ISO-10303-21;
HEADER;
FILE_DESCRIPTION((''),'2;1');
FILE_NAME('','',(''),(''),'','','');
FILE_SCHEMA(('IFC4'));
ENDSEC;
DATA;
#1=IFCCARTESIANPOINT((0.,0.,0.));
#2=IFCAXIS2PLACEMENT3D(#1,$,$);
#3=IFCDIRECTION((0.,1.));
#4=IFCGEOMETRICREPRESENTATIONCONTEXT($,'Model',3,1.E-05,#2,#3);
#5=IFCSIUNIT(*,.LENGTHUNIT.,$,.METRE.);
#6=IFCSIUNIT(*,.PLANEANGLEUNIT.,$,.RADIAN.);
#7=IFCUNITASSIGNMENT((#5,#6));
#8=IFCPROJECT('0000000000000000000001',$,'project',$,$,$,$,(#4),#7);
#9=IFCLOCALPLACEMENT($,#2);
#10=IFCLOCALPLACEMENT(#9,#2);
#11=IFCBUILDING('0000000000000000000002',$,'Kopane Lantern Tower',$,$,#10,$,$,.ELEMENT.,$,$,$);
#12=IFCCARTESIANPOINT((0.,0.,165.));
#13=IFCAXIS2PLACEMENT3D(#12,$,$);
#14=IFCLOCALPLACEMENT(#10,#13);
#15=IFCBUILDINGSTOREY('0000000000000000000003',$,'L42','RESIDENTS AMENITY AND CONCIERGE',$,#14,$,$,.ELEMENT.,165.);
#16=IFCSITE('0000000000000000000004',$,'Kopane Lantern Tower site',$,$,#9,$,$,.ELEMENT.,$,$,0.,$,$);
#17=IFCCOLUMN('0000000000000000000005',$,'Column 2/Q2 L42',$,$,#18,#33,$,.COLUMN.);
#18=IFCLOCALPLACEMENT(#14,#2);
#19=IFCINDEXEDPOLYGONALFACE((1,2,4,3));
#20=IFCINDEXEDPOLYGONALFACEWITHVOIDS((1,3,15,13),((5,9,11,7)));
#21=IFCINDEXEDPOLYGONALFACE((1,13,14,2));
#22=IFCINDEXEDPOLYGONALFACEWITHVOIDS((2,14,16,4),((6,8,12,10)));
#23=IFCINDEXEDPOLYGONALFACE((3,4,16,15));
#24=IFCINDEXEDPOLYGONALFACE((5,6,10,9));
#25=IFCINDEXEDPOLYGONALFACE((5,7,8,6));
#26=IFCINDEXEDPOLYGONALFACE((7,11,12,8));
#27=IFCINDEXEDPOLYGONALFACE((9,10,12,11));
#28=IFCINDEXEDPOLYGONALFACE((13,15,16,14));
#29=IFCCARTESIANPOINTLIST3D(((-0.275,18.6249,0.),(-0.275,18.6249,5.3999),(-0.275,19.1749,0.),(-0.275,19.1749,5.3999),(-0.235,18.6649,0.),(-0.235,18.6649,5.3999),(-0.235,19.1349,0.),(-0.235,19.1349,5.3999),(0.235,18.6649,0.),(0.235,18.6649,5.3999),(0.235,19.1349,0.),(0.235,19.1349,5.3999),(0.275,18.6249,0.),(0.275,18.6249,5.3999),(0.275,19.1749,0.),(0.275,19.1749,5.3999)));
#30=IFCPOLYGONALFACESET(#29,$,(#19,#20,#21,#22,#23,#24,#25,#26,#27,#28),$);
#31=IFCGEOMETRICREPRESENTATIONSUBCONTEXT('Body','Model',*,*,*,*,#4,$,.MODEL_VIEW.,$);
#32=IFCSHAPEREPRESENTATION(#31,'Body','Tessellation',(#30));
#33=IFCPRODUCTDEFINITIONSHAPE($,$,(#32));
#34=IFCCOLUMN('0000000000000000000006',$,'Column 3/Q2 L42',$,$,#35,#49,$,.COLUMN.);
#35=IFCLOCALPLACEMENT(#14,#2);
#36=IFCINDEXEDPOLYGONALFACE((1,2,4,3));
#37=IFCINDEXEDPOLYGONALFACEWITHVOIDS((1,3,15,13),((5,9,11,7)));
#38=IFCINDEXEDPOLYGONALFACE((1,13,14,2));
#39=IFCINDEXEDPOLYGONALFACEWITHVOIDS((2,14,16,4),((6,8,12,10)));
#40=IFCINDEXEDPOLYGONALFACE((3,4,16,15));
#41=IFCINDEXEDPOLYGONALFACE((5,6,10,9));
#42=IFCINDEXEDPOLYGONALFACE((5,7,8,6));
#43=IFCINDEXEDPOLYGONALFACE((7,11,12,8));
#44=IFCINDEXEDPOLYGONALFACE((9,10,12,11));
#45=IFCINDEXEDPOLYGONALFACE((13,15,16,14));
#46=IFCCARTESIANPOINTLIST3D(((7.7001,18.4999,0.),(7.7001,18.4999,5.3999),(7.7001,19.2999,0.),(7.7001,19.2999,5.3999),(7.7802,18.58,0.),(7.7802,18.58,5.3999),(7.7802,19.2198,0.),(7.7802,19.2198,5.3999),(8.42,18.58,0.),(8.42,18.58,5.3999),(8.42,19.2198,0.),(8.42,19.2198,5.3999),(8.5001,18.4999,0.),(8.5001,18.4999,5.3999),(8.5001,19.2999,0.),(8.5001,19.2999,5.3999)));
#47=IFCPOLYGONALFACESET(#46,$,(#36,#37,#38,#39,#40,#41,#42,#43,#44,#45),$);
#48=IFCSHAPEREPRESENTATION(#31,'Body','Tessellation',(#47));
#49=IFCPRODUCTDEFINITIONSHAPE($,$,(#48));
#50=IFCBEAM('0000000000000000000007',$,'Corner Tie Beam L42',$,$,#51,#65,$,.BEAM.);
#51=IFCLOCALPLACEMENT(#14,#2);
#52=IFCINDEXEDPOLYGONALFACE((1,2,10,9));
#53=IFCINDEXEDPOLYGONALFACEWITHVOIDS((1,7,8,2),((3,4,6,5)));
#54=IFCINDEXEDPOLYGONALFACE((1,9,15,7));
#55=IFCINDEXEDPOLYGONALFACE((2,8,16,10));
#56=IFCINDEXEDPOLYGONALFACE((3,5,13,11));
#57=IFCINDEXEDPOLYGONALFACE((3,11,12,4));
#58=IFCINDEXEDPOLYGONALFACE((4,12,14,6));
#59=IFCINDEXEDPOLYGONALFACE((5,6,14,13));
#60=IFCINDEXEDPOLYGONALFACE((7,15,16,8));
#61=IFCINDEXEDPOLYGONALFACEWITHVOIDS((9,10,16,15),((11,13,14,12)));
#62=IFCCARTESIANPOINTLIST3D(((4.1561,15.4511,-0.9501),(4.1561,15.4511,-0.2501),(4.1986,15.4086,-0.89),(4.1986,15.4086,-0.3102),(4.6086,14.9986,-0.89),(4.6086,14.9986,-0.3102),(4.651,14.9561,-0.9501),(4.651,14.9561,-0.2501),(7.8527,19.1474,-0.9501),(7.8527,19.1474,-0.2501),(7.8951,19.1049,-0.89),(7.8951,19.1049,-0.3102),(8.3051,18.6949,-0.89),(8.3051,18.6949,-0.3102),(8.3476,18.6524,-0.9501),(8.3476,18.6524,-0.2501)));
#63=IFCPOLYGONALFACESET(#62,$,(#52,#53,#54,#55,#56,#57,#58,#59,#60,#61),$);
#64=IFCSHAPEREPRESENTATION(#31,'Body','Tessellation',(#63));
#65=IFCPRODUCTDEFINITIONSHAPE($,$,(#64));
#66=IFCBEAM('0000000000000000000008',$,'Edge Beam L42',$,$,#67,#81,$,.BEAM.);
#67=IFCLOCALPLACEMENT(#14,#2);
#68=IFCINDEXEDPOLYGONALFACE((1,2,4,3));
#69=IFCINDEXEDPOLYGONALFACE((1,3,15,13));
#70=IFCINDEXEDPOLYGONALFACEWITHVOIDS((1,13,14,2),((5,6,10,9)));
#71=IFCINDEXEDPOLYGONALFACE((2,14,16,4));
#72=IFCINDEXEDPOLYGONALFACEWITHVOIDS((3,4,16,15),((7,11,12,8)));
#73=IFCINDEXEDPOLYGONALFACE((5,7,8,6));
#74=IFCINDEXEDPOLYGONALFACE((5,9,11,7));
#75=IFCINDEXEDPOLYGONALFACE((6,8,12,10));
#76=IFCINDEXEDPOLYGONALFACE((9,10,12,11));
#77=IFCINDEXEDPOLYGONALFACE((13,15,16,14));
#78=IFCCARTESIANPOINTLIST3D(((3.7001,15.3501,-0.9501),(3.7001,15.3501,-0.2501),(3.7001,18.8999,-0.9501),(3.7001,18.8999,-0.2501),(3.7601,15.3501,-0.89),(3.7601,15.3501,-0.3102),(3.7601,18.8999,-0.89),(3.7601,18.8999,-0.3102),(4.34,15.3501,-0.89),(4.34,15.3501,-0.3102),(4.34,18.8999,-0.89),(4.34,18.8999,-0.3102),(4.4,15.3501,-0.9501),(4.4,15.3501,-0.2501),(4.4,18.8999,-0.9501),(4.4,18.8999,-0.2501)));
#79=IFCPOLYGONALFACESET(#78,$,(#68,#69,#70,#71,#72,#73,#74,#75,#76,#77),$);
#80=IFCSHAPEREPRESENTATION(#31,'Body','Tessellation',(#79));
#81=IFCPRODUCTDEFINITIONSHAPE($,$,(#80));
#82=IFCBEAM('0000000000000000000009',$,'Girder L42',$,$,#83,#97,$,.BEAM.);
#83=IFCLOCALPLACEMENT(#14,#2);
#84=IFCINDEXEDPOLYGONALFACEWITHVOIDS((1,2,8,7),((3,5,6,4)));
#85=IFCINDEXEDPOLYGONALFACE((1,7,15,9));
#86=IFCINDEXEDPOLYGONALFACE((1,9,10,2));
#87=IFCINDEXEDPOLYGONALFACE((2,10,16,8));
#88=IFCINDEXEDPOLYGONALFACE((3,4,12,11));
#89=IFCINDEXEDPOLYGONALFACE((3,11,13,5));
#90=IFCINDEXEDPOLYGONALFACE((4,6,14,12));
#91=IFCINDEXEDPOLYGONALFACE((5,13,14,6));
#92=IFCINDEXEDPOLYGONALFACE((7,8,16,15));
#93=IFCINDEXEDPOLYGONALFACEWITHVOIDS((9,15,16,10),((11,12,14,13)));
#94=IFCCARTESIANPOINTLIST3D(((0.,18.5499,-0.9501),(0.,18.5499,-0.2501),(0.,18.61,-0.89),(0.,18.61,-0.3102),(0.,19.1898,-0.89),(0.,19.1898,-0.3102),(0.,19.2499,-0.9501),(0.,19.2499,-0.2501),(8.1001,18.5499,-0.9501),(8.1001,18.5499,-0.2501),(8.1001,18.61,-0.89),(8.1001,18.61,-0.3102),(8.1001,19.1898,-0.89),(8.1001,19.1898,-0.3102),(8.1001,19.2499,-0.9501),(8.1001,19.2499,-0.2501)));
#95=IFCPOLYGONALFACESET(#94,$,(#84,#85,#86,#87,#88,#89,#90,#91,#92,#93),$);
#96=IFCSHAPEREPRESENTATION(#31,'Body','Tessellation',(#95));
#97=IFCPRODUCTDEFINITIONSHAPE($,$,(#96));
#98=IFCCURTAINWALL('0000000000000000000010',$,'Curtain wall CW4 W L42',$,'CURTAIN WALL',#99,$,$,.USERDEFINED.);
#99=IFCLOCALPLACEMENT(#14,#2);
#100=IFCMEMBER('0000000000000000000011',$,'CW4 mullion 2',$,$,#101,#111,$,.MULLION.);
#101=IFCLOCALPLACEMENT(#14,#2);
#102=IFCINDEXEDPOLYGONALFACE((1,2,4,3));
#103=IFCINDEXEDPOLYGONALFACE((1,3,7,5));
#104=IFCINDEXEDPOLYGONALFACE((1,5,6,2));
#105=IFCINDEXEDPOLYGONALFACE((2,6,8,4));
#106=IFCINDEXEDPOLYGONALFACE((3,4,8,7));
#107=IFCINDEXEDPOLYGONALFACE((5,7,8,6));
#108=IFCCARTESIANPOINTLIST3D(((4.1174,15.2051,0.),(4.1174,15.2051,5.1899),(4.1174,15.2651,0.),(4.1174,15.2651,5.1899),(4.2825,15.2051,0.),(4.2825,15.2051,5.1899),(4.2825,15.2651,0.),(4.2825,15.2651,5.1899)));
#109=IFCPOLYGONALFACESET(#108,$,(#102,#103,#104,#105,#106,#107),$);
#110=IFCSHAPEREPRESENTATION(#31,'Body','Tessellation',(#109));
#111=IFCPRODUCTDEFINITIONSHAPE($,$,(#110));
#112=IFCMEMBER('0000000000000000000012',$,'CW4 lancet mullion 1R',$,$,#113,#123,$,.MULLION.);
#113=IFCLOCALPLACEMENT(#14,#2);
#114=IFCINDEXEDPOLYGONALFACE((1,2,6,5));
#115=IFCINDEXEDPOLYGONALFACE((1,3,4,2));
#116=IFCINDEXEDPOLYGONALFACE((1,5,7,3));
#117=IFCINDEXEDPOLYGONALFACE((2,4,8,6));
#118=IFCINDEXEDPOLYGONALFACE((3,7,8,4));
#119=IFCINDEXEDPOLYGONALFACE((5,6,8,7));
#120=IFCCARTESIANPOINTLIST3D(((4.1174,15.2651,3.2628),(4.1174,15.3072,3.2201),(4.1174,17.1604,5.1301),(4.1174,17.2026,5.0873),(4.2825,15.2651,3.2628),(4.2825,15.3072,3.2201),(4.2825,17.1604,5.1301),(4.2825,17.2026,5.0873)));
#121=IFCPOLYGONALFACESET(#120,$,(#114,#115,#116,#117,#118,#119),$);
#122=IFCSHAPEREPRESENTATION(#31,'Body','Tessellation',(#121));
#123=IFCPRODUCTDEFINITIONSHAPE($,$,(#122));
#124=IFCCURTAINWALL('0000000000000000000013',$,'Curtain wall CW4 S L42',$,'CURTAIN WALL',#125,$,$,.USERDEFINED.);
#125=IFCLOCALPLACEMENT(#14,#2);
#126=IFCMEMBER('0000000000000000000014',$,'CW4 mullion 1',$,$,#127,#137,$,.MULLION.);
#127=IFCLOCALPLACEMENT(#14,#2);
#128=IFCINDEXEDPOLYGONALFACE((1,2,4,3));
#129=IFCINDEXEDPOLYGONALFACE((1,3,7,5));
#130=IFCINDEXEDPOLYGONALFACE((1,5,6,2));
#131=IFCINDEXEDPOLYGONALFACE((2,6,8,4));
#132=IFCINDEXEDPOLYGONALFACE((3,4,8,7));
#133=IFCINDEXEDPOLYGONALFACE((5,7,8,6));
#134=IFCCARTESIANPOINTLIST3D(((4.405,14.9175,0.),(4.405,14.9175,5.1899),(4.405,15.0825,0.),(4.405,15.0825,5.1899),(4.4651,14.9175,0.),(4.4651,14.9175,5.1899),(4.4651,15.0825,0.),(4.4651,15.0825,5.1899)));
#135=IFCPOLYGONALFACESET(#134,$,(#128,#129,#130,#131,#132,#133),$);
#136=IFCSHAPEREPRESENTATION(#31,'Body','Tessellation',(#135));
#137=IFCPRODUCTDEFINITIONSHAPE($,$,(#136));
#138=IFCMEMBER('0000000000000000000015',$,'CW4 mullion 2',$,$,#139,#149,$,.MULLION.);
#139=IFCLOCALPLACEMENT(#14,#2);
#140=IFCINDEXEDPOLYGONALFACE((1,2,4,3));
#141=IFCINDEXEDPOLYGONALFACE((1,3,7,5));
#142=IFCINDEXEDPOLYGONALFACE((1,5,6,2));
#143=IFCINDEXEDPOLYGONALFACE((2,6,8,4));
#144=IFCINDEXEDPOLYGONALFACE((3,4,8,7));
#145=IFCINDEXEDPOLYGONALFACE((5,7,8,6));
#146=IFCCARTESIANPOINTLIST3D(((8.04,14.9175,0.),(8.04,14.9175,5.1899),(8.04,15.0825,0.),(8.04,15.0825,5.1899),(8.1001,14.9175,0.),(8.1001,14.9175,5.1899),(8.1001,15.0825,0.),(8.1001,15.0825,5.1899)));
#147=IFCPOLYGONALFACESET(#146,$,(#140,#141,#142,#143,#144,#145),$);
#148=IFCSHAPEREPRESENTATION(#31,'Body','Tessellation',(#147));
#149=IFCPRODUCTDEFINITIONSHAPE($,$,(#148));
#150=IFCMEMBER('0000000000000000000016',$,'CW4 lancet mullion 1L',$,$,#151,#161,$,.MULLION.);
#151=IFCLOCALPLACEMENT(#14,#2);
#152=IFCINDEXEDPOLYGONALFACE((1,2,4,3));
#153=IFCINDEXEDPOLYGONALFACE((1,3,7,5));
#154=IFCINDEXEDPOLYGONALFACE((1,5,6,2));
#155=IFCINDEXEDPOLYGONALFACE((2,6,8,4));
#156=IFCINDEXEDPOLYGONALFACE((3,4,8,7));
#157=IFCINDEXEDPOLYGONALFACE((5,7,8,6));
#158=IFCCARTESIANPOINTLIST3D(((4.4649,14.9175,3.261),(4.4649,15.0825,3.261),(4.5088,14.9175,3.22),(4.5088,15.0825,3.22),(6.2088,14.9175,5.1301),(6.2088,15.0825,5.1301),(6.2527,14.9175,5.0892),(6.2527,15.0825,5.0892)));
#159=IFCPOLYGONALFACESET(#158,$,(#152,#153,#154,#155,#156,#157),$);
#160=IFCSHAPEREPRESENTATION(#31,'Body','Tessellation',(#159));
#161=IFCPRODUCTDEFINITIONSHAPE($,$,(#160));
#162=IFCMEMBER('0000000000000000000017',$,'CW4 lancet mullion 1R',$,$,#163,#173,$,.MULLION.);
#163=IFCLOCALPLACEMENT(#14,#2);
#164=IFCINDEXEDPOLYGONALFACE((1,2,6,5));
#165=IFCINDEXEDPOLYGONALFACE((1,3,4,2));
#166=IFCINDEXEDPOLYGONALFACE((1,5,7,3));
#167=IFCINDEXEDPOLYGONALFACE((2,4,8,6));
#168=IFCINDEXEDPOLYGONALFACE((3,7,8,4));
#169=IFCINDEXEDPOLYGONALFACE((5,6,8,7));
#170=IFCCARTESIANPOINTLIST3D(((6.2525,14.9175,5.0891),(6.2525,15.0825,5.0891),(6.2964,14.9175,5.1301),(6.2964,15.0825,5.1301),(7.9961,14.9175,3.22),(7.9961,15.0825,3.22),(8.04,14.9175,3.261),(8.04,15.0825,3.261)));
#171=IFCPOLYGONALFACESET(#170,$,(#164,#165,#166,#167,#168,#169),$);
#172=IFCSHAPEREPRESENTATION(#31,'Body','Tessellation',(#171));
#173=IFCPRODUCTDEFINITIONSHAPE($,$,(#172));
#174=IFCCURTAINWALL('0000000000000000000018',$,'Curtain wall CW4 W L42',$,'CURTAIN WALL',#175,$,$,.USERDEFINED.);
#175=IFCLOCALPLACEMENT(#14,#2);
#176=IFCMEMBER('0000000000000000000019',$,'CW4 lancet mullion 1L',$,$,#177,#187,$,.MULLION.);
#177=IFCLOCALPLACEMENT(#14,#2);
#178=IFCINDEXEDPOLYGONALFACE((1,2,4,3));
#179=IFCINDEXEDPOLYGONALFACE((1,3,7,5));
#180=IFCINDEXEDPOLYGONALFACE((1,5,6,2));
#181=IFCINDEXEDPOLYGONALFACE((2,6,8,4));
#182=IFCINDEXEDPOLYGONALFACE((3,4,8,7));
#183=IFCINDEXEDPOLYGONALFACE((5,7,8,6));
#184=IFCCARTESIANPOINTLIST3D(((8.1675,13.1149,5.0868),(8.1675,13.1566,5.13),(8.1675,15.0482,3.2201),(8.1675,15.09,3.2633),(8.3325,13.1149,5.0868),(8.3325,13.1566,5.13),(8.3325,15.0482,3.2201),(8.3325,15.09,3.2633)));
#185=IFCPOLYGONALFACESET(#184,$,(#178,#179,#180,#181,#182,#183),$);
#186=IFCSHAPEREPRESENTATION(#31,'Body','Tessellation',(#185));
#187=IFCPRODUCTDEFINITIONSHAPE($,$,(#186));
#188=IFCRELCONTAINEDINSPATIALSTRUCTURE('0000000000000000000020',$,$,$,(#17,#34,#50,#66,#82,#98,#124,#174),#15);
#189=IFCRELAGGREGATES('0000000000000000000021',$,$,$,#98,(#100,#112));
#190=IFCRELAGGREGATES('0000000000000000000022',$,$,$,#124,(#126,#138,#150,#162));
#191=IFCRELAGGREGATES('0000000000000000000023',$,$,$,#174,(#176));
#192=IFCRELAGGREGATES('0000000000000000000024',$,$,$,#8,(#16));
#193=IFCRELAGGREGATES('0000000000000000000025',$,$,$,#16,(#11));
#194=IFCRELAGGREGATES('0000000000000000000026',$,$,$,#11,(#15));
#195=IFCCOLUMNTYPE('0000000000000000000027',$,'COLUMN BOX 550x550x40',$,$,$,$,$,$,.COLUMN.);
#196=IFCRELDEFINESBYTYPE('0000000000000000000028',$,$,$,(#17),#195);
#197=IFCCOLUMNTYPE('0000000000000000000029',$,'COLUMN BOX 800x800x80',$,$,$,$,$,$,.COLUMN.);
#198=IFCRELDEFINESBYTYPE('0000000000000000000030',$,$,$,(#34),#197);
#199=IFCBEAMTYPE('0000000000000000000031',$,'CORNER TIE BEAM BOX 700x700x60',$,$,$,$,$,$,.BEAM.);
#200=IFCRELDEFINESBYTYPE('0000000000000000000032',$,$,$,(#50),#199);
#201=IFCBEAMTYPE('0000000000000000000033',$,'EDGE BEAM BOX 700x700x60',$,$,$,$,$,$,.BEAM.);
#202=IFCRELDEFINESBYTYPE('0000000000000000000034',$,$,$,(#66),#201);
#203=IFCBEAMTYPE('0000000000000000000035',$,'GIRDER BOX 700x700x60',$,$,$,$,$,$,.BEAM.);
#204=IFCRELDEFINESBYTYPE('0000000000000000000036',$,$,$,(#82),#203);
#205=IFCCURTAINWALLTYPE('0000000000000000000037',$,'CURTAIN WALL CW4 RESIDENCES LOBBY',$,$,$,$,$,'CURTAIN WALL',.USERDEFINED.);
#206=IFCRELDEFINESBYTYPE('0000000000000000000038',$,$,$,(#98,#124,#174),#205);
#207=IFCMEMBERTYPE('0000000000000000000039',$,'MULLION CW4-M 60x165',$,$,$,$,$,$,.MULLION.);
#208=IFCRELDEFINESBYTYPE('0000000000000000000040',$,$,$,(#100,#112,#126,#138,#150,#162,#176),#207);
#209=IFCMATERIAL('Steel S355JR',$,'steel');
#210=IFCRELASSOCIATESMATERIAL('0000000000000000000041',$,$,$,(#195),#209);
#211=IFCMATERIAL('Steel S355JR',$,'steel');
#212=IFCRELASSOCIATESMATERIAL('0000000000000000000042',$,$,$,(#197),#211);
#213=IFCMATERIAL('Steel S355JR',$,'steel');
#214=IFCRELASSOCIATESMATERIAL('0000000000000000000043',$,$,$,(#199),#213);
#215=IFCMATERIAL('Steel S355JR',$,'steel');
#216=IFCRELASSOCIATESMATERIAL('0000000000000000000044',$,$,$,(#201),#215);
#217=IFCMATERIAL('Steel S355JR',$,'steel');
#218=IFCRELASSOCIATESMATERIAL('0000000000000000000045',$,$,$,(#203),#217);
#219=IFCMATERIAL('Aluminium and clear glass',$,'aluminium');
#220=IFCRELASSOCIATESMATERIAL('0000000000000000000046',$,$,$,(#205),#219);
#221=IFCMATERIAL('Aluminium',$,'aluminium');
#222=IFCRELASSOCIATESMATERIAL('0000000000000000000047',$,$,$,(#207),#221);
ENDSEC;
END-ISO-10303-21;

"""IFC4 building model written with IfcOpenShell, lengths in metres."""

from ifc_helpers import new_model, si_unit, direction, frame, origin, origin_2d, place, context, subcontext, project, spatial, rectangle, hollow_rectangle, extrude, material, material_profile, profile_set, type_object, element, aggregate, save


model = new_model("IFC4")

# Units and contexts
model_context = context("Model", 3, precision=1e-05, world=origin(), true_north=direction((0.0, 1.0)))
body_context = subcontext(model_context, "Body", "Model", "MODEL_VIEW")
ifc_project = project(units=[si_unit("LENGTHUNIT", "METRE"), si_unit("PLANEANGLEUNIT", "RADIAN")], contexts=[model_context])

# Site, building, storey
site_placement = place(None, origin())
site = spatial("IfcSite", under=ifc_project, at=site_placement, Name="Kopane Lantern Tower site", CompositionType="ELEMENT", RefElevation=0.0)
building_placement = place(site_placement, origin())
building = spatial("IfcBuilding", under=site, at=building_placement, Name="Kopane Lantern Tower", CompositionType="ELEMENT")
storey_placement = place(building_placement, frame((0.0, 0.0, 165.0)))
storey = spatial("IfcBuildingStorey", under=building, at=storey_placement, Name="L42", Description="RESIDENTS AMENITY AND CONCIERGE", CompositionType="ELEMENT", Elevation=165.0)

# Columns
ifc_material_1 = material(Name="Steel S355JR", Category="steel")
ifc_material_profile_1 = material_profile(ifc_material_1, hollow_rectangle(XDim=0.55, YDim=0.55, WallThickness=0.04, at=origin_2d()), Name="BOX 550x550x40")
ifc_profile_set_1 = profile_set([ifc_material_profile_1], Name="Steel S355JR")
column_type_1 = type_object("IfcColumnType", Name="COLUMN BOX 550x550x40", PredefinedType="COLUMN", material=ifc_profile_set_1)
column_1_placement = place(storey_placement, frame((0.0, 18.8999, 0.0), z_axis=(0.0, 0.0, 1.0), x_axis=(1.0, 0.0, 0.0)))
element("IfcColumn", 1, at=column_1_placement, inside=storey, type_object=column_type_1, Name="Column 2/Q2 L42", PredefinedType="COLUMN", context=body_context, shape_type="SweptSolid", body=[
    extrude(hollow_rectangle(XDim=0.55, YDim=0.55, WallThickness=0.04, at=origin_2d()), origin(), (0.0, 0.0, 1.0), 5.3999),
])
ifc_material_2 = material(Name="Steel S355JR", Category="steel")
ifc_material_profile_2 = material_profile(ifc_material_2, hollow_rectangle(XDim=0.8, YDim=0.8, WallThickness=0.0801, at=origin_2d()), Name="BOX 800x800x80")
ifc_profile_set_2 = profile_set([ifc_material_profile_2], Name="Steel S355JR")
column_type_2 = type_object("IfcColumnType", Name="COLUMN BOX 800x800x80", PredefinedType="COLUMN", material=ifc_profile_set_2)
column_2_placement = place(storey_placement, frame((8.1001, 18.8999, 0.0), z_axis=(0.0, 0.0, 1.0), x_axis=(1.0, 0.0, 0.0)))
element("IfcColumn", 2, at=column_2_placement, inside=storey, type_object=column_type_2, Name="Column 3/Q2 L42", PredefinedType="COLUMN", context=body_context, shape_type="SweptSolid", body=[
    extrude(hollow_rectangle(XDim=0.8, YDim=0.8, WallThickness=0.0801, at=origin_2d()), origin(), (0.0, 0.0, 1.0), 5.3999),
])

# Beams
ifc_material_3 = material(Name="Steel S355JR", Category="steel")
ifc_material_profile_3 = material_profile(ifc_material_3, hollow_rectangle(XDim=0.7, YDim=0.7, WallThickness=0.0601, at=origin_2d()), Name="BOX 700x700x60")
ifc_profile_set_3 = profile_set([ifc_material_profile_3], Name="Steel S355JR")
beam_type_1 = type_object("IfcBeamType", Name="CORNER TIE BEAM BOX 700x700x60", PredefinedType="BEAM", material=ifc_profile_set_3)
beam_1_placement = place(storey_placement, frame((4.4036, 15.2036, -0.6001), z_axis=(0.70713, 0.707083, 0.0), x_axis=(-0.707083, 0.70713, 0.0)))
element("IfcBeam", 3, at=beam_1_placement, inside=storey, type_object=beam_type_1, Name="Corner Tie Beam L42", PredefinedType="BEAM", context=body_context, shape_type="SweptSolid", body=[
    extrude(hollow_rectangle(XDim=0.7, YDim=0.7, WallThickness=0.0601, at=origin_2d()), origin(), (0.0, 0.0, 1.0), 5.2275),
])
ifc_material_4 = material(Name="Steel S355JR", Category="steel")
ifc_material_profile_4 = material_profile(ifc_material_4, hollow_rectangle(XDim=0.7, YDim=0.7, WallThickness=0.0601, at=origin_2d()), Name="BOX 700x700x60")
ifc_profile_set_4 = profile_set([ifc_material_profile_4], Name="Steel S355JR")
beam_type_2 = type_object("IfcBeamType", Name="EDGE BEAM BOX 700x700x60", PredefinedType="BEAM", material=ifc_profile_set_4)
beam_2_placement = place(storey_placement, frame((4.05, 15.3501, -0.6001), z_axis=(0.0, 1.0, 0.0), x_axis=(-1.0, 0.0, 0.0)))
element("IfcBeam", 4, at=beam_2_placement, inside=storey, type_object=beam_type_2, Name="Edge Beam L42", PredefinedType="BEAM", context=body_context, shape_type="SweptSolid", body=[
    extrude(hollow_rectangle(XDim=0.7, YDim=0.7, WallThickness=0.0601, at=origin_2d()), origin(), (0.0, 0.0, 1.0), 3.5498),
])
ifc_material_5 = material(Name="Steel S355JR", Category="steel")
ifc_material_profile_5 = material_profile(ifc_material_5, hollow_rectangle(XDim=0.7, YDim=0.7, WallThickness=0.0601, at=origin_2d()), Name="BOX 700x700x60")
ifc_profile_set_5 = profile_set([ifc_material_profile_5], Name="Steel S355JR")
beam_type_3 = type_object("IfcBeamType", Name="GIRDER BOX 700x700x60", PredefinedType="BEAM", material=ifc_profile_set_5)
beam_3_placement = place(storey_placement, frame((0.0, 18.8999, -0.6001), z_axis=(1.0, 0.0, 0.0), x_axis=(0.0, 1.0, 0.0)))
element("IfcBeam", 5, at=beam_3_placement, inside=storey, type_object=beam_type_3, Name="Girder L42", PredefinedType="BEAM", context=body_context, shape_type="SweptSolid", body=[
    extrude(hollow_rectangle(XDim=0.7, YDim=0.7, WallThickness=0.0601, at=origin_2d()), origin(), (0.0, 0.0, 1.0), 8.1001),
])

# Curtain walls, members
ifc_material_6 = material(Name="Aluminium and clear glass", Category="aluminium")
curtain_wall_type = type_object("IfcCurtainWallType", Name="CURTAIN WALL CW4 RESIDENCES LOBBY", ElementType="CURTAIN WALL", PredefinedType="USERDEFINED", material=ifc_material_6)
curtain_wall_1_placement = place(storey_placement, origin())
curtain_wall_1 = element("IfcCurtainWall", 6, at=curtain_wall_1_placement, inside=storey, type_object=curtain_wall_type, Name="Curtain wall CW4 W L42", ObjectType="CURTAIN WALL", PredefinedType="USERDEFINED")
ifc_material_7 = material(Name="Aluminium", Category="aluminium")
ifc_material_profile_6 = material_profile(ifc_material_7, rectangle(XDim=0.0601, YDim=0.165, at=origin_2d()), Name="AL 60x165")
ifc_profile_set_6 = profile_set([ifc_material_profile_6], Name="Aluminium")
member_type_1 = type_object("IfcMemberType", Name="MULLION CW4-M 60x165", PredefinedType="MULLION", material=ifc_profile_set_6)
member_1_placement = place(storey_placement, frame((4.2, 15.2351, 0.0), z_axis=(0.0, 0.0, 1.0), x_axis=(0.0, -1.0, 0.0)))
member_1 = element("IfcMember", 7, at=member_1_placement, type_object=member_type_1, Name="CW4 mullion 2", PredefinedType="MULLION", context=body_context, shape_type="SweptSolid", body=[
    extrude(rectangle(XDim=0.0601, YDim=0.165, at=origin_2d()), origin(), (0.0, 0.0, 1.0), 5.1899),
])
member_2_placement = place(storey_placement, frame((4.2, 15.2861, 3.2415), z_axis=(0.0, 0.712364, 0.701811), x_axis=(0.0, -0.701811, 0.712364)))
member_2 = element("IfcMember", 8, at=member_2_placement, type_object=member_type_1, Name="CW4 lancet mullion 1R", PredefinedType="MULLION", context=body_context, shape_type="SweptSolid", body=[
    extrude(rectangle(XDim=0.0601, YDim=0.165, at=origin_2d()), origin(), (0.0, 0.0, 1.0), 2.6606),
])
curtain_wall_2_placement = place(storey_placement, origin())
curtain_wall_2 = element("IfcCurtainWall", 9, at=curtain_wall_2_placement, inside=storey, type_object=curtain_wall_type, Name="Curtain wall CW4 S L42", ObjectType="CURTAIN WALL", PredefinedType="USERDEFINED")
member_3_placement = place(storey_placement, frame((4.4351, 15.0, 0.0), z_axis=(0.0, 0.0, 1.0), x_axis=(1.0, 0.0, 0.0)))
member_3 = element("IfcMember", 10, at=member_3_placement, type_object=member_type_1, Name="CW4 mullion 1", PredefinedType="MULLION", context=body_context, shape_type="SweptSolid", body=[
    extrude(rectangle(XDim=0.0601, YDim=0.165, at=origin_2d()), origin(), (0.0, 0.0, 1.0), 5.1899),
])
member_4_placement = place(storey_placement, frame((8.0701, 15.0, 0.0), z_axis=(0.0, 0.0, 1.0), x_axis=(1.0, 0.0, 0.0)))
member_4 = element("IfcMember", 11, at=member_4_placement, type_object=member_type_1, Name="CW4 mullion 2", PredefinedType="MULLION", context=body_context, shape_type="SweptSolid", body=[
    extrude(rectangle(XDim=0.0601, YDim=0.165, at=origin_2d()), origin(), (0.0, 0.0, 1.0), 5.1899),
])
member_5_placement = place(storey_placement, frame((4.4868, 15.0, 3.2405), z_axis=(0.682186, 0.0, 0.731179), x_axis=(-0.731179, 0.0, 0.682186)))
member_5 = element("IfcMember", 12, at=member_5_placement, type_object=member_type_1, Name="CW4 lancet mullion 1L", PredefinedType="MULLION", context=body_context, shape_type="SweptSolid", body=[
    extrude(rectangle(XDim=0.0601, YDim=0.165, at=origin_2d()), origin(), (0.0, 0.0, 1.0), 2.5564),
])
member_6_placement = place(storey_placement, frame((8.0181, 15.0, 3.2405), z_axis=(-0.682134, 0.0, 0.731227), x_axis=(0.731227, 0.0, 0.682134)))
member_6 = element("IfcMember", 13, at=member_6_placement, type_object=member_type_1, Name="CW4 lancet mullion 1R", PredefinedType="MULLION", context=body_context, shape_type="SweptSolid", body=[
    extrude(rectangle(XDim=0.0601, YDim=0.165, at=origin_2d()), origin(), (0.0, 0.0, 1.0), 2.5562),
])

# Curtain wall, member
curtain_wall_3_placement = place(storey_placement, origin())
curtain_wall_3 = element("IfcCurtainWall", 14, at=curtain_wall_3_placement, inside=storey, type_object=curtain_wall_type, Name="Curtain wall CW4 W L42", ObjectType="CURTAIN WALL", PredefinedType="USERDEFINED")
member_7_placement = place(storey_placement, frame((8.25, 15.0691, 3.2417), z_axis=(0.0, -0.719398, 0.694598), x_axis=(0.0, 0.694598, 0.719398)))
member_7 = element("IfcMember", 15, at=member_7_placement, type_object=member_type_1, Name="CW4 lancet mullion 1L", PredefinedType="MULLION", context=body_context, shape_type="SweptSolid", body=[
    extrude(rectangle(XDim=0.0601, YDim=0.165, at=origin_2d()), origin(), (0.0, 0.0, 1.0), 2.6875),
])

aggregate(curtain_wall_1, [member_1, member_2])
aggregate(curtain_wall_2, [member_3, member_4, member_5, member_6])
aggregate(curtain_wall_3, [member_7])

save(model, "model.ifc")
